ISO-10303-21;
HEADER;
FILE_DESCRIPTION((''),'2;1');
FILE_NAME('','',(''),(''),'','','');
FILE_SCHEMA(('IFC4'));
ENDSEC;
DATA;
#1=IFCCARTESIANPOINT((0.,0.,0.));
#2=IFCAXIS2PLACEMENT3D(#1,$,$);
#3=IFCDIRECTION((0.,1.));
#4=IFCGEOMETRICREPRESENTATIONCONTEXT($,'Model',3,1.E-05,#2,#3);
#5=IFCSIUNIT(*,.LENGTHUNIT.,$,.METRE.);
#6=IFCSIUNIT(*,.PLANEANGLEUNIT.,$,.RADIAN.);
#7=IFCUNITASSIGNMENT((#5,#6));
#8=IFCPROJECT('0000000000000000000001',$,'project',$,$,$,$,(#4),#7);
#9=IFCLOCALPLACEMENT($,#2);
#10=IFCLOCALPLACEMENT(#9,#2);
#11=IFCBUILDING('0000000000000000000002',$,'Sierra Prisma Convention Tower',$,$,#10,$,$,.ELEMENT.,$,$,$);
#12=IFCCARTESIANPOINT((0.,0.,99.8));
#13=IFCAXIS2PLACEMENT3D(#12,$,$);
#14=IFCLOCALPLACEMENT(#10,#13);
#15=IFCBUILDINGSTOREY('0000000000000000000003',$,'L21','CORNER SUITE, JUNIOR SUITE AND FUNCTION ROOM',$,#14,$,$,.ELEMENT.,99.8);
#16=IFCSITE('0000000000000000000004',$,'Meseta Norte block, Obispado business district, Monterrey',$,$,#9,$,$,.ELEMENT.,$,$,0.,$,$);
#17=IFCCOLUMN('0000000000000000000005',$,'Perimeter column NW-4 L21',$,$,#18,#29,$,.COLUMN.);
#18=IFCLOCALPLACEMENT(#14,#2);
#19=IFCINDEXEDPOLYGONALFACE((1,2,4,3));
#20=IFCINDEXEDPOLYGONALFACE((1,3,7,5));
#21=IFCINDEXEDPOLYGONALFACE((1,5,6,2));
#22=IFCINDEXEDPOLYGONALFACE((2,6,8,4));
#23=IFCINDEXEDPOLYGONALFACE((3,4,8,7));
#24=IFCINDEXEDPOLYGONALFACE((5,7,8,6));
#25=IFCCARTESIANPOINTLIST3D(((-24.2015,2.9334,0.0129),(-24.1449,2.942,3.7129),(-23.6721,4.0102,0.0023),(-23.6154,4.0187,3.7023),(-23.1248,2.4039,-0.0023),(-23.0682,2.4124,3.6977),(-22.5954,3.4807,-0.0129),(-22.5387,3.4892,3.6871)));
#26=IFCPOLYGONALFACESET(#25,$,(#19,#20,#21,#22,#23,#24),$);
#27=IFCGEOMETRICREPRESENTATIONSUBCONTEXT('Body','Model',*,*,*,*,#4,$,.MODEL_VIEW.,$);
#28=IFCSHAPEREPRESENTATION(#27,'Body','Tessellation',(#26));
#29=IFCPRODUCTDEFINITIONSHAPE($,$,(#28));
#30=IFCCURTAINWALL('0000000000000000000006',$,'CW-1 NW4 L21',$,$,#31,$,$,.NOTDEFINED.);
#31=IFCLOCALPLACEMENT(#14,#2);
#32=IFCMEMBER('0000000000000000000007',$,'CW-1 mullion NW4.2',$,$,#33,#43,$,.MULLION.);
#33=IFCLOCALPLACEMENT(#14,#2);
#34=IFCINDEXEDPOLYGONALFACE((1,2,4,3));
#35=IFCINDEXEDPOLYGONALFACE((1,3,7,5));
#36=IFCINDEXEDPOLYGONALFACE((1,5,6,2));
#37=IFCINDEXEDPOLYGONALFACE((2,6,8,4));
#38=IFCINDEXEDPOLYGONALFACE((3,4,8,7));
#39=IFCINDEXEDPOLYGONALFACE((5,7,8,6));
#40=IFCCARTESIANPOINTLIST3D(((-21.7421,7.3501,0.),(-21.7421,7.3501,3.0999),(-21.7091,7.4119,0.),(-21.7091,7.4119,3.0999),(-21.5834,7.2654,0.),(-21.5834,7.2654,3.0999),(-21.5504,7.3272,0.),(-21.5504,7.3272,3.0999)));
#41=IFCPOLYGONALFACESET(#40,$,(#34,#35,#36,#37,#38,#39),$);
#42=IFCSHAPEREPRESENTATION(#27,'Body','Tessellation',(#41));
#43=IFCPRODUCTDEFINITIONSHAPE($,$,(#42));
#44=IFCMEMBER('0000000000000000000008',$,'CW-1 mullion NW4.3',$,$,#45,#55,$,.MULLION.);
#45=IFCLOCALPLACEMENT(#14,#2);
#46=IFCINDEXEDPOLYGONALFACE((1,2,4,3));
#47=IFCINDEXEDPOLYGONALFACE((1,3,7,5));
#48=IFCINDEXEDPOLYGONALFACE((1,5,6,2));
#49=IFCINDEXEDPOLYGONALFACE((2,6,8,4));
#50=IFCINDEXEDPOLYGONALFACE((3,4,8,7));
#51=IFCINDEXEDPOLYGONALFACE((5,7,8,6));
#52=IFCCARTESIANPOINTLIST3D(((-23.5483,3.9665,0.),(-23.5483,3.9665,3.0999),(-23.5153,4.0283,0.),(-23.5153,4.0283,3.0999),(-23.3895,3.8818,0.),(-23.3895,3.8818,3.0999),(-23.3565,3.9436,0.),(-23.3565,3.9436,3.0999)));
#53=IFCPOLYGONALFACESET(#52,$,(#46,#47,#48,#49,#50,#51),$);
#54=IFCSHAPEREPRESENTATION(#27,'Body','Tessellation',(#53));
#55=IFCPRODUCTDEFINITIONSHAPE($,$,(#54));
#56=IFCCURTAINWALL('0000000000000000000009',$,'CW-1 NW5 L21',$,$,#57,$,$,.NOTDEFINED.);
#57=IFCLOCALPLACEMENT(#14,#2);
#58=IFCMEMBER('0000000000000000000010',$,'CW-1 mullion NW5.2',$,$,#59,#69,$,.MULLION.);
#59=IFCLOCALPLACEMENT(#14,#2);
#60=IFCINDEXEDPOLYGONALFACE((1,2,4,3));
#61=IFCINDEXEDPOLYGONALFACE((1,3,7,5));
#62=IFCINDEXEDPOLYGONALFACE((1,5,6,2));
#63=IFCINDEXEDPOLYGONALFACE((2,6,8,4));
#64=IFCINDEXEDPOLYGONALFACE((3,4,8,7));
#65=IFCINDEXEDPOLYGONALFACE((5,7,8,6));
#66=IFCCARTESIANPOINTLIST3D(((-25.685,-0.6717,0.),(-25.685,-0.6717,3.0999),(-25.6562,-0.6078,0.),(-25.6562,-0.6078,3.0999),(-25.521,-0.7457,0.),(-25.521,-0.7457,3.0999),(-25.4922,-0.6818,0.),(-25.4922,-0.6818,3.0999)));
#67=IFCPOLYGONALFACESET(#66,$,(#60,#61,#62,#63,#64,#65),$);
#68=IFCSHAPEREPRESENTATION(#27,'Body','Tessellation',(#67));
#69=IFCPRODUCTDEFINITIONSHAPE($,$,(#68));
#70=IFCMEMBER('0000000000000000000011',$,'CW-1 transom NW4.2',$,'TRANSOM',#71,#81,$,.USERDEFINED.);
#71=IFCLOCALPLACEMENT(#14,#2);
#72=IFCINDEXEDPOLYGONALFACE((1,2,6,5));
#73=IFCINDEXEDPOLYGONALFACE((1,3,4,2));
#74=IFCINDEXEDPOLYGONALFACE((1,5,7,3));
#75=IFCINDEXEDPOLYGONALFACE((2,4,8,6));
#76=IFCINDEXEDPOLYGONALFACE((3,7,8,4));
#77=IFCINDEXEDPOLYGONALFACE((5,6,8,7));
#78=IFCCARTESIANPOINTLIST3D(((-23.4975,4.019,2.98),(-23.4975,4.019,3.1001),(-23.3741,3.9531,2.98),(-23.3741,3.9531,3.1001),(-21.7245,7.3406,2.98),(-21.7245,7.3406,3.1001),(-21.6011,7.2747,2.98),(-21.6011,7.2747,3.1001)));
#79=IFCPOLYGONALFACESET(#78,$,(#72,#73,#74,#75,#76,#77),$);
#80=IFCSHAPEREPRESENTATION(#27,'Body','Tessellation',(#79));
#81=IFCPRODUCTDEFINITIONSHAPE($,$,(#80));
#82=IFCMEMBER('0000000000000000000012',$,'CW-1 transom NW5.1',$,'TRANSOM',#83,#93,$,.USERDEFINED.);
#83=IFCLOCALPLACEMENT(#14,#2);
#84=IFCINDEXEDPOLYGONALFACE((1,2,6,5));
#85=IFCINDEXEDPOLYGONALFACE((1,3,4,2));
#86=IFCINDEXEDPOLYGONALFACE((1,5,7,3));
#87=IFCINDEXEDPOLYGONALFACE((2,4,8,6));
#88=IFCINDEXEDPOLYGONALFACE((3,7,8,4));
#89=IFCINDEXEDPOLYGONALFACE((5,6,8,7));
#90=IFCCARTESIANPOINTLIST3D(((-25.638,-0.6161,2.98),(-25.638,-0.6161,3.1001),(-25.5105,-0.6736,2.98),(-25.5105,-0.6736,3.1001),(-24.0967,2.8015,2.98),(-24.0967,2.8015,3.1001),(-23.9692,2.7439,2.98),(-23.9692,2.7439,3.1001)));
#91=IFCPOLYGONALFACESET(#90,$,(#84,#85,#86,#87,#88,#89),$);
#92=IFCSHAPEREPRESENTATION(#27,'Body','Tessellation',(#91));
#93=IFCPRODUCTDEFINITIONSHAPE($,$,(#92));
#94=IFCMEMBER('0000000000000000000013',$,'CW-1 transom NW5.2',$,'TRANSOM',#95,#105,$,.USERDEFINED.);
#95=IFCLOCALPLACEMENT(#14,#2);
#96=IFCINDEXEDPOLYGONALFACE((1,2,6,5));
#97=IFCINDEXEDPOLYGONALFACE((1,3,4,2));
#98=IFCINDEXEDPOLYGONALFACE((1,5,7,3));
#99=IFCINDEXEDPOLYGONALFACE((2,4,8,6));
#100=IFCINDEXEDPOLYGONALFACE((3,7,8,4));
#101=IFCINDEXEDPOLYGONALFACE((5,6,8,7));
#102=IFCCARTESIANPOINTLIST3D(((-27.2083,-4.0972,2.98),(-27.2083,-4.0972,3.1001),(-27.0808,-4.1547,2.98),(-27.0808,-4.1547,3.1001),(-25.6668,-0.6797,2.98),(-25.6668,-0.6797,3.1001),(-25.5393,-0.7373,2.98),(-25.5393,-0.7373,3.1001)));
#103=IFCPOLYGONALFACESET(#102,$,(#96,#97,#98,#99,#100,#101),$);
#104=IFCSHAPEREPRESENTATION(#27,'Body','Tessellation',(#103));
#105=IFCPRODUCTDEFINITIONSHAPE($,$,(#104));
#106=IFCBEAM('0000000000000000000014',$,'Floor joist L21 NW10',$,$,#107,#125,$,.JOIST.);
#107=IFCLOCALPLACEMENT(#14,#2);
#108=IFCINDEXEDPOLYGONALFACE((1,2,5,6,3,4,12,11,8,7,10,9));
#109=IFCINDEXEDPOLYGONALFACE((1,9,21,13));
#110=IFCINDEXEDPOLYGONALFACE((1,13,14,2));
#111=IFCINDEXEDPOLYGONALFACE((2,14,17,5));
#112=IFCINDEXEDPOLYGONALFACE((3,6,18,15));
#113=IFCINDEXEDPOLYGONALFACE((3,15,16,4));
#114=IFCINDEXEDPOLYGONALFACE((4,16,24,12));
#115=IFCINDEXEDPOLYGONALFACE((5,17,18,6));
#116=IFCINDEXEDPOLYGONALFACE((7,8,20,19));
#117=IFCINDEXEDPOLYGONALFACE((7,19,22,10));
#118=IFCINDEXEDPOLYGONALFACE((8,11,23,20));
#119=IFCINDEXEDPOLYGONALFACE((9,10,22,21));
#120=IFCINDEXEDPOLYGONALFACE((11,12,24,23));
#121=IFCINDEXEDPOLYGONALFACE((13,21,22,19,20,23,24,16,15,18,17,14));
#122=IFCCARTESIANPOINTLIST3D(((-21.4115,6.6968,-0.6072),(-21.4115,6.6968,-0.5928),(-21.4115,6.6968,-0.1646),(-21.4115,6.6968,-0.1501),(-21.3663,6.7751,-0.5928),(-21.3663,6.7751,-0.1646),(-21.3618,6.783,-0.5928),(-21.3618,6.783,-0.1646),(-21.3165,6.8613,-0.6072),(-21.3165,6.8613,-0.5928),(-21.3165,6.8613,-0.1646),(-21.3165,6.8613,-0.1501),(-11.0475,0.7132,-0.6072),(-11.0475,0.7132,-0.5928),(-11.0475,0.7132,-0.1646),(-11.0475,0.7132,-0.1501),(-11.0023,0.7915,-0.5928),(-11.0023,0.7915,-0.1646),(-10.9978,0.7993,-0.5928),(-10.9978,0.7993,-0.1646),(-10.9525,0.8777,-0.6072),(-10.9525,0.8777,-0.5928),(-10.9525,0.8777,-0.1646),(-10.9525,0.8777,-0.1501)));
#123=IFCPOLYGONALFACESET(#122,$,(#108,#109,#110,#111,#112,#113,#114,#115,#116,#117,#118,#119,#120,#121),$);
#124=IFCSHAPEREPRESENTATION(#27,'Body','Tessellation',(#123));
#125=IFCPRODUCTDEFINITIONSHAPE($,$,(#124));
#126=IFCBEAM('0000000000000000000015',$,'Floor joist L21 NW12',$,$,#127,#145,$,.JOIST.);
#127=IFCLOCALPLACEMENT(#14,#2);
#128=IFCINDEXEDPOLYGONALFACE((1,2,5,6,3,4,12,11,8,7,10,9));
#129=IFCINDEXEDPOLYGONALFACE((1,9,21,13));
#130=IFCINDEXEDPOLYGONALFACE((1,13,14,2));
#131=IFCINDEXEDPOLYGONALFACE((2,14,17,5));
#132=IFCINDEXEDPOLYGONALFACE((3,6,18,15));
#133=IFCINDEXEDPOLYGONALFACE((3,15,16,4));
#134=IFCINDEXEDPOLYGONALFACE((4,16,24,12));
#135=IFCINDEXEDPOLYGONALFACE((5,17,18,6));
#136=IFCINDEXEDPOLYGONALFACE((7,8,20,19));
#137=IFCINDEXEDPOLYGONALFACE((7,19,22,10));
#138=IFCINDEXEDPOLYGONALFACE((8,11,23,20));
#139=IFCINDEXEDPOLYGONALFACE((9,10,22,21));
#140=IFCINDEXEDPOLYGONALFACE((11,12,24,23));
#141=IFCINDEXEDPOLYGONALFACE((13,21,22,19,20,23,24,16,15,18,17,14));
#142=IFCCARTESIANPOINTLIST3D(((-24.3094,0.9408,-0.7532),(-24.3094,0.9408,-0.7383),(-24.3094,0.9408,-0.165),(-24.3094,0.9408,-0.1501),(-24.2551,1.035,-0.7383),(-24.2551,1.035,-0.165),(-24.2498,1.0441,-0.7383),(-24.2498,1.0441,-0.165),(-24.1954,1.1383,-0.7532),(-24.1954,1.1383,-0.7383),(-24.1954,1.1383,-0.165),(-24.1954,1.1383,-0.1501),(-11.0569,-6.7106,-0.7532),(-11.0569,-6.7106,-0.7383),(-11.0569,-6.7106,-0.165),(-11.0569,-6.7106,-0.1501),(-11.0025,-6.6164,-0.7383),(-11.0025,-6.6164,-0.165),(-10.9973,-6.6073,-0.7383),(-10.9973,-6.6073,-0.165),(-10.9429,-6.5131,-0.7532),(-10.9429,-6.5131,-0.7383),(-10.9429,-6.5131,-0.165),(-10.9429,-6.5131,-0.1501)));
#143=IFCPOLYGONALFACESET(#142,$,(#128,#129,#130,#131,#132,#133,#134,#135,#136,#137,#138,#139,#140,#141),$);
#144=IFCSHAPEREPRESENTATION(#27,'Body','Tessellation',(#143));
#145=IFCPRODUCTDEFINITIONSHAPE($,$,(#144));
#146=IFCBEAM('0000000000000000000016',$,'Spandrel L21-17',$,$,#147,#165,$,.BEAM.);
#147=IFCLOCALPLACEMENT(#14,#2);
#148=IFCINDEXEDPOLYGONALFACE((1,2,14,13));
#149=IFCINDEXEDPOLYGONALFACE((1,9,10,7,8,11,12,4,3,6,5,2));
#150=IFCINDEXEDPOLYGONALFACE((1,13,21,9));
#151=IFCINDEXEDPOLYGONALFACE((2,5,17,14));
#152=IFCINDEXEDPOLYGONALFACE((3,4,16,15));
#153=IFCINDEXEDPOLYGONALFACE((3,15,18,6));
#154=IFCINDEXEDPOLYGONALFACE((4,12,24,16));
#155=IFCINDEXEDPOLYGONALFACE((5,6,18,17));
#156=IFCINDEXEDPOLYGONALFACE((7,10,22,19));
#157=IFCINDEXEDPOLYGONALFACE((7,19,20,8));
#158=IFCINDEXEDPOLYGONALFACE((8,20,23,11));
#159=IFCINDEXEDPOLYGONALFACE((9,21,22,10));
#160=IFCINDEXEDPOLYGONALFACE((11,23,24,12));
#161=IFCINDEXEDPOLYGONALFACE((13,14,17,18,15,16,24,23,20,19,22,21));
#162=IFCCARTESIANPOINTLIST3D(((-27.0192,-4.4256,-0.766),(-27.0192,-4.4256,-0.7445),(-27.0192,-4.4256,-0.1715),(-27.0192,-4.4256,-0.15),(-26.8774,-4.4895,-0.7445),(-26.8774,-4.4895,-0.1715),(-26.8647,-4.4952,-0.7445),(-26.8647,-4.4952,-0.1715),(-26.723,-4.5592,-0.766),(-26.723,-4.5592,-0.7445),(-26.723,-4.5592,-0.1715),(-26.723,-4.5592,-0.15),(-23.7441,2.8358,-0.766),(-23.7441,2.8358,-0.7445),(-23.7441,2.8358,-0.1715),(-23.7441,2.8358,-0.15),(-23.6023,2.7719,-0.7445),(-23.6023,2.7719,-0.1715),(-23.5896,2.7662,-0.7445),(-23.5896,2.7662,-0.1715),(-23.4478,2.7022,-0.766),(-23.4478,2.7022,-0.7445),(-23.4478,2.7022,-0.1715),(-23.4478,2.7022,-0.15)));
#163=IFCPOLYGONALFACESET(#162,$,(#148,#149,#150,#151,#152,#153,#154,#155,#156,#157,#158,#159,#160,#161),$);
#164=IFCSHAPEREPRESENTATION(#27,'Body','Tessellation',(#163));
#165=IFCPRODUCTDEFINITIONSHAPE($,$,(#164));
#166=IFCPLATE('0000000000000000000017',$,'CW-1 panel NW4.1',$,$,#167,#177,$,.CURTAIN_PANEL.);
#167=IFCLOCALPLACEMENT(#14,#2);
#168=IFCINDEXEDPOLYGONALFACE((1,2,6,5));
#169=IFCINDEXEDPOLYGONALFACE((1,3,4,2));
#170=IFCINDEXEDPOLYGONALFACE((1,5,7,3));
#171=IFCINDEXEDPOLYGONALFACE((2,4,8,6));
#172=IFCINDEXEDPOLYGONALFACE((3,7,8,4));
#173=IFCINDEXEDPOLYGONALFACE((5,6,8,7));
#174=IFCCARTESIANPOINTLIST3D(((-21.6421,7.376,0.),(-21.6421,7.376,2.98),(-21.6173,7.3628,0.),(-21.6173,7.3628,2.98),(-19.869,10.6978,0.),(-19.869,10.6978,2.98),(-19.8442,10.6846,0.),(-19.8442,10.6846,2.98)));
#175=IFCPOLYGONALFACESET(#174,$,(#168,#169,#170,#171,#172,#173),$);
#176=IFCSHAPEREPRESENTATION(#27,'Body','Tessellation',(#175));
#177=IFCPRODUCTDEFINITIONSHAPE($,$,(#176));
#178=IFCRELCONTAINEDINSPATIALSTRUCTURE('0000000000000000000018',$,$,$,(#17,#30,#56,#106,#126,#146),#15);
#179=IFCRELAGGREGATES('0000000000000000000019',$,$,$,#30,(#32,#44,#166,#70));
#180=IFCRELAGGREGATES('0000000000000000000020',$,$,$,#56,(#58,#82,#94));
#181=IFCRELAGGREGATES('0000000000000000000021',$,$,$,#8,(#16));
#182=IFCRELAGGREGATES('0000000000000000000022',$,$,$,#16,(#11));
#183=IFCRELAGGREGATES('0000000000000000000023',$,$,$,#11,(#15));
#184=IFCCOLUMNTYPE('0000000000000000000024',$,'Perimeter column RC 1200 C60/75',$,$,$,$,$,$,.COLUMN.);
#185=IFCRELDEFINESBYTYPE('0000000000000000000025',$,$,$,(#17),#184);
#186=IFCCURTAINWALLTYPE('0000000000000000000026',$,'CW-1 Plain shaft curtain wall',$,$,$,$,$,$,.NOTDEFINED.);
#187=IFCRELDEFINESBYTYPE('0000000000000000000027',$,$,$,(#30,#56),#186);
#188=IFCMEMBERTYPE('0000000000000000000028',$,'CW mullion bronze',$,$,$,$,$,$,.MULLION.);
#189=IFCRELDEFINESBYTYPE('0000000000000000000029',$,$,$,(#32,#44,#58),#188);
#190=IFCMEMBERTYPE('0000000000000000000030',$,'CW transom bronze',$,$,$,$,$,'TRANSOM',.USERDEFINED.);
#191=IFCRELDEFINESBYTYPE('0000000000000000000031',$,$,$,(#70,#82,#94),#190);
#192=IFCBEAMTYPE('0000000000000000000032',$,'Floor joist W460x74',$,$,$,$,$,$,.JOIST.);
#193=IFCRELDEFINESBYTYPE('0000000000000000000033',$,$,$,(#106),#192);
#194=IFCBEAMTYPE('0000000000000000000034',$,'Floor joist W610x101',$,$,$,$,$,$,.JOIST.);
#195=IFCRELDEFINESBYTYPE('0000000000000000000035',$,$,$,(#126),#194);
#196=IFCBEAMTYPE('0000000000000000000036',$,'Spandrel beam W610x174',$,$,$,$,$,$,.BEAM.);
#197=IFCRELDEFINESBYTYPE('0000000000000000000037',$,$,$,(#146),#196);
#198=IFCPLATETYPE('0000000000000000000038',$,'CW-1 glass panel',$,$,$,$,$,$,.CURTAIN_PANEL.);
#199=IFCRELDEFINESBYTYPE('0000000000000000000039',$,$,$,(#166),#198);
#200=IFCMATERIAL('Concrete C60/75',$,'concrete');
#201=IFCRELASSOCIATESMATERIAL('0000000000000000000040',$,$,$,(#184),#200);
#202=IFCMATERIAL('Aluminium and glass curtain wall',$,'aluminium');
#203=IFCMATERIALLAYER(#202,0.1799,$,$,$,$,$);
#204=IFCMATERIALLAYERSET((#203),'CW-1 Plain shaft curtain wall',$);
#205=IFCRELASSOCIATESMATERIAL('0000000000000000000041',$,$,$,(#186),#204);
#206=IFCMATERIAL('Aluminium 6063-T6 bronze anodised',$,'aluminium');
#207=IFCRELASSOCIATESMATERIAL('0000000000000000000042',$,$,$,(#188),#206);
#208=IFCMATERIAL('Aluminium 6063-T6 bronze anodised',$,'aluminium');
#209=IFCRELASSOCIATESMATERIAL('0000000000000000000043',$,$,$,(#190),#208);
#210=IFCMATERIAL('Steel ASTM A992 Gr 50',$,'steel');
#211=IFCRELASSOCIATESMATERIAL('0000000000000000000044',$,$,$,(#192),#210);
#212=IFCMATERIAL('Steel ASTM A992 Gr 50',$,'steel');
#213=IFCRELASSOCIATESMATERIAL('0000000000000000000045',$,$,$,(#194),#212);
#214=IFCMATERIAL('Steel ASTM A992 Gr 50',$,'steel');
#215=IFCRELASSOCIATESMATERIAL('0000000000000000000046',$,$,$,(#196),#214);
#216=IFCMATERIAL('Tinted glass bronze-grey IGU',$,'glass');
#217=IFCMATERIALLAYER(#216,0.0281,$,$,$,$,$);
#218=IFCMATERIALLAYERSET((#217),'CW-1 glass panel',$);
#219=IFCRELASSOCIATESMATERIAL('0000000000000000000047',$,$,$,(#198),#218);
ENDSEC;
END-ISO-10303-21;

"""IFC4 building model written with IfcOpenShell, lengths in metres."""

from ifc_helpers import new_model, si_unit, direction, frame, origin, origin_2d, place, context, subcontext, project, spatial, rectangle, i_section, extrude, material, layer, layer_set, material_profile, profile_set, type_object, element, aggregate, save


model = new_model("IFC4")

# Units and contexts
model_context = context("Model", 3, precision=1e-05, world=origin(), true_north=direction((0.0, 1.0)))
body_context = subcontext(model_context, "Body", "Model", "MODEL_VIEW")
ifc_project = project(units=[si_unit("LENGTHUNIT", "METRE"), si_unit("PLANEANGLEUNIT", "RADIAN")], contexts=[model_context])

# Site, building, storey
site_placement = place(None, origin())
site = spatial("IfcSite", under=ifc_project, at=site_placement, Name="Meseta Norte block, Obispado business district, Monterrey", CompositionType="ELEMENT", RefElevation=0.0)
building_placement = place(site_placement, origin())
building = spatial("IfcBuilding", under=site, at=building_placement, Name="Sierra Prisma Convention Tower", CompositionType="ELEMENT")
storey_placement = place(building_placement, frame((0.0, 0.0, 99.8)))
storey = spatial("IfcBuildingStorey", under=building, at=storey_placement, Name="L21", Description="CORNER SUITE, JUNIOR SUITE AND FUNCTION ROOM", CompositionType="ELEMENT", Elevation=99.8)

# Column
ifc_material_1 = material(Name="Concrete C60/75", Category="concrete")
ifc_material_profile_1 = material_profile(ifc_material_1, rectangle(XDim=1.2, YDim=1.2, at=origin_2d()), Name="Perimeter column RC 1200 C60/75")
ifc_profile_set_1 = profile_set([ifc_material_profile_1], Name="Concrete C60/75")
column_type = type_object("IfcColumnType", Name="Perimeter column RC 1200 C60/75", PredefinedType="COLUMN", material=ifc_profile_set_1)
column_placement = place(storey_placement, frame((-23.3984, 3.207, 0.0), z_axis=(0.015307, 0.002309, 0.99988), x_axis=(0.441219, 0.897356, -0.008827)))
element("IfcColumn", 1, at=column_placement, inside=storey, type_object=column_type, Name="Perimeter column NW-4 L21", PredefinedType="COLUMN", context=body_context, shape_type="SweptSolid", body=[
    extrude(rectangle(XDim=1.2, YDim=1.2, at=origin_2d()), origin(), (0.0, 0.0, 1.0), 3.7004),
])

# Curtain wall, members
ifc_material_2 = material(Name="Aluminium and glass curtain wall", Category="aluminium")
ifc_layer_1 = layer(ifc_material_2, 0.1799)
ifc_layer_set_1 = layer_set([ifc_layer_1], Name="CW-1 Plain shaft curtain wall")
curtain_wall_type = type_object("IfcCurtainWallType", Name="CW-1 Plain shaft curtain wall", PredefinedType="NOTDEFINED", material=ifc_layer_set_1)
curtain_wall_1_placement = place(storey_placement, origin())
curtain_wall_1 = element("IfcCurtainWall", 2, at=curtain_wall_1_placement, inside=storey, type_object=curtain_wall_type, Name="CW-1 NW4 L21", PredefinedType="NOTDEFINED")
ifc_material_3 = material(Name="Aluminium 6063-T6 bronze anodised", Category="aluminium")
ifc_material_profile_2 = material_profile(ifc_material_3, rectangle(XDim=0.1799, YDim=0.0701, at=origin_2d()), Name="ALU MULLION 70x180")
ifc_profile_set_2 = profile_set([ifc_material_profile_2], Name="Aluminium 6063-T6 bronze anodised")
member_type_1 = type_object("IfcMemberType", Name="CW mullion bronze", PredefinedType="MULLION", material=ifc_profile_set_2)
member_1_placement = place(storey_placement, frame((-21.6462, 7.3386, 0.0), z_axis=(0.0, 0.0, 1.0), x_axis=(0.882189, -0.470896, 0.0)))
member_1 = element("IfcMember", 3, at=member_1_placement, type_object=member_type_1, Name="CW-1 mullion NW4.2", PredefinedType="MULLION", context=body_context, shape_type="SweptSolid", body=[
    extrude(rectangle(XDim=0.1799, YDim=0.0701, at=origin_2d()), origin(), (0.0, 0.0, 1.0), 3.0999),
])
member_2_placement = place(storey_placement, frame((-23.4524, 3.9551, 0.0), z_axis=(0.0, 0.0, 1.0), x_axis=(0.882189, -0.470896, 0.0)))
member_2 = element("IfcMember", 4, at=member_2_placement, type_object=member_type_1, Name="CW-1 mullion NW4.3", PredefinedType="MULLION", context=body_context, shape_type="SweptSolid", body=[
    extrude(rectangle(XDim=0.1799, YDim=0.0701, at=origin_2d()), origin(), (0.0, 0.0, 1.0), 3.0999),
])

# Curtain wall, member
curtain_wall_2_placement = place(storey_placement, origin())
curtain_wall_2 = element("IfcCurtainWall", 5, at=curtain_wall_2_placement, inside=storey, type_object=curtain_wall_type, Name="CW-1 NW5 L21", PredefinedType="NOTDEFINED")
member_3_placement = place(storey_placement, frame((-25.5886, -0.6768, 0.0), z_axis=(0.0, 0.0, 1.0), x_axis=(0.911565, -0.411156, 0.0)))
member_3 = element("IfcMember", 6, at=member_3_placement, type_object=member_type_1, Name="CW-1 mullion NW5.2", PredefinedType="MULLION", context=body_context, shape_type="SweptSolid", body=[
    extrude(rectangle(XDim=0.1799, YDim=0.0701, at=origin_2d()), origin(), (0.0, 0.0, 1.0), 3.0999),
])

# Members
ifc_material_4 = material(Name="Aluminium 6063-T6 bronze anodised", Category="aluminium")
ifc_material_profile_3 = material_profile(ifc_material_4, rectangle(XDim=0.1399, YDim=0.1201, at=origin_2d()), Name="ALU TRANSOM 120x140")
ifc_profile_set_3 = profile_set([ifc_material_profile_3], Name="Aluminium 6063-T6 bronze anodised")
member_type_2 = type_object("IfcMemberType", Name="CW transom bronze", ElementType="TRANSOM", PredefinedType="USERDEFINED", material=ifc_profile_set_3)
member_4_placement = place(storey_placement, frame((-21.6628, 7.3076, 3.04), z_axis=(-0.470891, -0.882191, 0.0), x_axis=(0.882191, -0.470891, 0.0)))
member_4 = element("IfcMember", 7, at=member_4_placement, type_object=member_type_2, Name="CW-1 transom NW4.2", ObjectType="TRANSOM", PredefinedType="USERDEFINED", context=body_context, shape_type="SweptSolid", body=[
    extrude(rectangle(XDim=0.1399, YDim=0.1201, at=origin_2d()), origin(), (0.0, 0.0, 1.0), 3.7651),
])
member_5_placement = place(storey_placement, frame((-24.033, 2.7727, 3.04), z_axis=(-0.411117, -0.911582, 0.0), x_axis=(0.911582, -0.411117, 0.0)))
member_5 = element("IfcMember", 8, at=member_5_placement, type_object=member_type_2, Name="CW-1 transom NW5.1", ObjectType="TRANSOM", PredefinedType="USERDEFINED", context=body_context, shape_type="SweptSolid", body=[
    extrude(rectangle(XDim=0.1399, YDim=0.1201, at=origin_2d()), origin(), (0.0, 0.0, 1.0), 3.749),
])
member_6_placement = place(storey_placement, frame((-25.603, -0.7085, 3.04), z_axis=(-0.411171, -0.911558, 0.0), x_axis=(0.911558, -0.411171, 0.0)))
member_6 = element("IfcMember", 9, at=member_6_placement, type_object=member_type_2, Name="CW-1 transom NW5.2", ObjectType="TRANSOM", PredefinedType="USERDEFINED", context=body_context, shape_type="SweptSolid", body=[
    extrude(rectangle(XDim=0.1399, YDim=0.1201, at=origin_2d()), origin(), (0.0, 0.0, 1.0), 3.749),
])

# Beams
ifc_material_5 = material(Name="Steel ASTM A992 Gr 50", Category="steel")
ifc_material_profile_4 = material_profile(ifc_material_5, i_section(OverallWidth=0.1899, OverallDepth=0.457, WebThickness=0.009, FlangeThickness=0.0144, at=origin_2d()), Name="W460x74")
ifc_profile_set_4 = profile_set([ifc_material_profile_4], Name="Steel ASTM A992 Gr 50")
beam_type_1 = type_object("IfcBeamType", Name="Floor joist W460x74", PredefinedType="JOIST", material=ifc_profile_set_4)
beam_1_placement = place(storey_placement, frame((-21.364, 6.7791, -0.3787), z_axis=(0.866026, -0.499999, 0.0), x_axis=(0.499999, 0.866026, 0.0)))
element("IfcBeam", 10, at=beam_1_placement, inside=storey, type_object=beam_type_1, Name="Floor joist L21 NW10", PredefinedType="JOIST", context=body_context, shape_type="SweptSolid", body=[
    extrude(i_section(OverallWidth=0.1899, OverallDepth=0.457, WebThickness=0.009, FlangeThickness=0.0144, at=origin_2d()), origin(), (0.0, 0.0, 1.0), 11.9673),
])
ifc_material_6 = material(Name="Steel ASTM A992 Gr 50", Category="steel")
ifc_material_profile_5 = material_profile(ifc_material_6, i_section(OverallWidth=0.228, OverallDepth=0.603, WebThickness=0.0105, FlangeThickness=0.0149, at=origin_2d()), Name="W610x101")
ifc_profile_set_5 = profile_set([ifc_material_profile_5], Name="Steel ASTM A992 Gr 50")
beam_type_2 = type_object("IfcBeamType", Name="Floor joist W610x101", PredefinedType="JOIST", material=ifc_profile_set_5)
beam_2_placement = place(storey_placement, frame((-24.2524, 1.0396, -0.4517), z_axis=(0.866024, -0.500003, 0.0), x_axis=(0.500003, 0.866024, 0.0)))
element("IfcBeam", 11, at=beam_2_placement, inside=storey, type_object=beam_type_2, Name="Floor joist L21 NW12", PredefinedType="JOIST", context=body_context, shape_type="SweptSolid", body=[
    extrude(i_section(OverallWidth=0.228, OverallDepth=0.603, WebThickness=0.0105, FlangeThickness=0.0149, at=origin_2d()), origin(), (0.0, 0.0, 1.0), 15.3027),
])
ifc_material_7 = material(Name="Steel ASTM A992 Gr 50", Category="steel")
ifc_material_profile_6 = material_profile(ifc_material_7, i_section(OverallWidth=0.325, OverallDepth=0.616, WebThickness=0.0139, FlangeThickness=0.0215, at=origin_2d()), Name="W610x174")
ifc_profile_set_6 = profile_set([ifc_material_profile_6], Name="Steel ASTM A992 Gr 50")
beam_type_3 = type_object("IfcBeamType", Name="Spandrel beam W610x174", PredefinedType="BEAM", material=ifc_profile_set_6)
beam_3_placement = place(storey_placement, frame((-23.5959, 2.769, -0.458), z_axis=(-0.411146, -0.91157, 0.0), x_axis=(0.91157, -0.411146, 0.0)))
element("IfcBeam", 12, at=beam_3_placement, inside=storey, type_object=beam_type_3, Name="Spandrel L21-17", PredefinedType="BEAM", context=body_context, shape_type="SweptSolid", body=[
    extrude(i_section(OverallWidth=0.325, OverallDepth=0.616, WebThickness=0.0139, FlangeThickness=0.0215, at=origin_2d()), origin(), (0.0, 0.0, 1.0), 7.9658),
])

# Plate
ifc_material_8 = material(Name="Tinted glass bronze-grey IGU", Category="glass")
ifc_layer_2 = layer(ifc_material_8, 0.0281)
ifc_layer_set_2 = layer_set([ifc_layer_2], Name="CW-1 glass panel")
plate_type = type_object("IfcPlateType", Name="CW-1 glass panel", PredefinedType="CURTAIN_PANEL", material=ifc_layer_set_2)
plate_1_placement = place(storey_placement, frame((-20.7432, 9.0303, 0.0), z_axis=(0.0, 0.0, 1.0), x_axis=(-0.470896, -0.882189, 0.0)))
plate_1 = element("IfcPlate", 13, at=plate_1_placement, type_object=plate_type, Name="CW-1 panel NW4.1", PredefinedType="CURTAIN_PANEL", context=body_context, shape_type="SweptSolid", body=[
    extrude(rectangle(XDim=3.7654, YDim=0.0281, at=origin_2d()), origin(), (0.0, 0.0, 1.0), 2.98),
])
aggregate(curtain_wall_1, [member_1, member_2, plate_1, member_4])
aggregate(curtain_wall_2, [member_3, member_5, member_6])

save(model, "model.ifc")
